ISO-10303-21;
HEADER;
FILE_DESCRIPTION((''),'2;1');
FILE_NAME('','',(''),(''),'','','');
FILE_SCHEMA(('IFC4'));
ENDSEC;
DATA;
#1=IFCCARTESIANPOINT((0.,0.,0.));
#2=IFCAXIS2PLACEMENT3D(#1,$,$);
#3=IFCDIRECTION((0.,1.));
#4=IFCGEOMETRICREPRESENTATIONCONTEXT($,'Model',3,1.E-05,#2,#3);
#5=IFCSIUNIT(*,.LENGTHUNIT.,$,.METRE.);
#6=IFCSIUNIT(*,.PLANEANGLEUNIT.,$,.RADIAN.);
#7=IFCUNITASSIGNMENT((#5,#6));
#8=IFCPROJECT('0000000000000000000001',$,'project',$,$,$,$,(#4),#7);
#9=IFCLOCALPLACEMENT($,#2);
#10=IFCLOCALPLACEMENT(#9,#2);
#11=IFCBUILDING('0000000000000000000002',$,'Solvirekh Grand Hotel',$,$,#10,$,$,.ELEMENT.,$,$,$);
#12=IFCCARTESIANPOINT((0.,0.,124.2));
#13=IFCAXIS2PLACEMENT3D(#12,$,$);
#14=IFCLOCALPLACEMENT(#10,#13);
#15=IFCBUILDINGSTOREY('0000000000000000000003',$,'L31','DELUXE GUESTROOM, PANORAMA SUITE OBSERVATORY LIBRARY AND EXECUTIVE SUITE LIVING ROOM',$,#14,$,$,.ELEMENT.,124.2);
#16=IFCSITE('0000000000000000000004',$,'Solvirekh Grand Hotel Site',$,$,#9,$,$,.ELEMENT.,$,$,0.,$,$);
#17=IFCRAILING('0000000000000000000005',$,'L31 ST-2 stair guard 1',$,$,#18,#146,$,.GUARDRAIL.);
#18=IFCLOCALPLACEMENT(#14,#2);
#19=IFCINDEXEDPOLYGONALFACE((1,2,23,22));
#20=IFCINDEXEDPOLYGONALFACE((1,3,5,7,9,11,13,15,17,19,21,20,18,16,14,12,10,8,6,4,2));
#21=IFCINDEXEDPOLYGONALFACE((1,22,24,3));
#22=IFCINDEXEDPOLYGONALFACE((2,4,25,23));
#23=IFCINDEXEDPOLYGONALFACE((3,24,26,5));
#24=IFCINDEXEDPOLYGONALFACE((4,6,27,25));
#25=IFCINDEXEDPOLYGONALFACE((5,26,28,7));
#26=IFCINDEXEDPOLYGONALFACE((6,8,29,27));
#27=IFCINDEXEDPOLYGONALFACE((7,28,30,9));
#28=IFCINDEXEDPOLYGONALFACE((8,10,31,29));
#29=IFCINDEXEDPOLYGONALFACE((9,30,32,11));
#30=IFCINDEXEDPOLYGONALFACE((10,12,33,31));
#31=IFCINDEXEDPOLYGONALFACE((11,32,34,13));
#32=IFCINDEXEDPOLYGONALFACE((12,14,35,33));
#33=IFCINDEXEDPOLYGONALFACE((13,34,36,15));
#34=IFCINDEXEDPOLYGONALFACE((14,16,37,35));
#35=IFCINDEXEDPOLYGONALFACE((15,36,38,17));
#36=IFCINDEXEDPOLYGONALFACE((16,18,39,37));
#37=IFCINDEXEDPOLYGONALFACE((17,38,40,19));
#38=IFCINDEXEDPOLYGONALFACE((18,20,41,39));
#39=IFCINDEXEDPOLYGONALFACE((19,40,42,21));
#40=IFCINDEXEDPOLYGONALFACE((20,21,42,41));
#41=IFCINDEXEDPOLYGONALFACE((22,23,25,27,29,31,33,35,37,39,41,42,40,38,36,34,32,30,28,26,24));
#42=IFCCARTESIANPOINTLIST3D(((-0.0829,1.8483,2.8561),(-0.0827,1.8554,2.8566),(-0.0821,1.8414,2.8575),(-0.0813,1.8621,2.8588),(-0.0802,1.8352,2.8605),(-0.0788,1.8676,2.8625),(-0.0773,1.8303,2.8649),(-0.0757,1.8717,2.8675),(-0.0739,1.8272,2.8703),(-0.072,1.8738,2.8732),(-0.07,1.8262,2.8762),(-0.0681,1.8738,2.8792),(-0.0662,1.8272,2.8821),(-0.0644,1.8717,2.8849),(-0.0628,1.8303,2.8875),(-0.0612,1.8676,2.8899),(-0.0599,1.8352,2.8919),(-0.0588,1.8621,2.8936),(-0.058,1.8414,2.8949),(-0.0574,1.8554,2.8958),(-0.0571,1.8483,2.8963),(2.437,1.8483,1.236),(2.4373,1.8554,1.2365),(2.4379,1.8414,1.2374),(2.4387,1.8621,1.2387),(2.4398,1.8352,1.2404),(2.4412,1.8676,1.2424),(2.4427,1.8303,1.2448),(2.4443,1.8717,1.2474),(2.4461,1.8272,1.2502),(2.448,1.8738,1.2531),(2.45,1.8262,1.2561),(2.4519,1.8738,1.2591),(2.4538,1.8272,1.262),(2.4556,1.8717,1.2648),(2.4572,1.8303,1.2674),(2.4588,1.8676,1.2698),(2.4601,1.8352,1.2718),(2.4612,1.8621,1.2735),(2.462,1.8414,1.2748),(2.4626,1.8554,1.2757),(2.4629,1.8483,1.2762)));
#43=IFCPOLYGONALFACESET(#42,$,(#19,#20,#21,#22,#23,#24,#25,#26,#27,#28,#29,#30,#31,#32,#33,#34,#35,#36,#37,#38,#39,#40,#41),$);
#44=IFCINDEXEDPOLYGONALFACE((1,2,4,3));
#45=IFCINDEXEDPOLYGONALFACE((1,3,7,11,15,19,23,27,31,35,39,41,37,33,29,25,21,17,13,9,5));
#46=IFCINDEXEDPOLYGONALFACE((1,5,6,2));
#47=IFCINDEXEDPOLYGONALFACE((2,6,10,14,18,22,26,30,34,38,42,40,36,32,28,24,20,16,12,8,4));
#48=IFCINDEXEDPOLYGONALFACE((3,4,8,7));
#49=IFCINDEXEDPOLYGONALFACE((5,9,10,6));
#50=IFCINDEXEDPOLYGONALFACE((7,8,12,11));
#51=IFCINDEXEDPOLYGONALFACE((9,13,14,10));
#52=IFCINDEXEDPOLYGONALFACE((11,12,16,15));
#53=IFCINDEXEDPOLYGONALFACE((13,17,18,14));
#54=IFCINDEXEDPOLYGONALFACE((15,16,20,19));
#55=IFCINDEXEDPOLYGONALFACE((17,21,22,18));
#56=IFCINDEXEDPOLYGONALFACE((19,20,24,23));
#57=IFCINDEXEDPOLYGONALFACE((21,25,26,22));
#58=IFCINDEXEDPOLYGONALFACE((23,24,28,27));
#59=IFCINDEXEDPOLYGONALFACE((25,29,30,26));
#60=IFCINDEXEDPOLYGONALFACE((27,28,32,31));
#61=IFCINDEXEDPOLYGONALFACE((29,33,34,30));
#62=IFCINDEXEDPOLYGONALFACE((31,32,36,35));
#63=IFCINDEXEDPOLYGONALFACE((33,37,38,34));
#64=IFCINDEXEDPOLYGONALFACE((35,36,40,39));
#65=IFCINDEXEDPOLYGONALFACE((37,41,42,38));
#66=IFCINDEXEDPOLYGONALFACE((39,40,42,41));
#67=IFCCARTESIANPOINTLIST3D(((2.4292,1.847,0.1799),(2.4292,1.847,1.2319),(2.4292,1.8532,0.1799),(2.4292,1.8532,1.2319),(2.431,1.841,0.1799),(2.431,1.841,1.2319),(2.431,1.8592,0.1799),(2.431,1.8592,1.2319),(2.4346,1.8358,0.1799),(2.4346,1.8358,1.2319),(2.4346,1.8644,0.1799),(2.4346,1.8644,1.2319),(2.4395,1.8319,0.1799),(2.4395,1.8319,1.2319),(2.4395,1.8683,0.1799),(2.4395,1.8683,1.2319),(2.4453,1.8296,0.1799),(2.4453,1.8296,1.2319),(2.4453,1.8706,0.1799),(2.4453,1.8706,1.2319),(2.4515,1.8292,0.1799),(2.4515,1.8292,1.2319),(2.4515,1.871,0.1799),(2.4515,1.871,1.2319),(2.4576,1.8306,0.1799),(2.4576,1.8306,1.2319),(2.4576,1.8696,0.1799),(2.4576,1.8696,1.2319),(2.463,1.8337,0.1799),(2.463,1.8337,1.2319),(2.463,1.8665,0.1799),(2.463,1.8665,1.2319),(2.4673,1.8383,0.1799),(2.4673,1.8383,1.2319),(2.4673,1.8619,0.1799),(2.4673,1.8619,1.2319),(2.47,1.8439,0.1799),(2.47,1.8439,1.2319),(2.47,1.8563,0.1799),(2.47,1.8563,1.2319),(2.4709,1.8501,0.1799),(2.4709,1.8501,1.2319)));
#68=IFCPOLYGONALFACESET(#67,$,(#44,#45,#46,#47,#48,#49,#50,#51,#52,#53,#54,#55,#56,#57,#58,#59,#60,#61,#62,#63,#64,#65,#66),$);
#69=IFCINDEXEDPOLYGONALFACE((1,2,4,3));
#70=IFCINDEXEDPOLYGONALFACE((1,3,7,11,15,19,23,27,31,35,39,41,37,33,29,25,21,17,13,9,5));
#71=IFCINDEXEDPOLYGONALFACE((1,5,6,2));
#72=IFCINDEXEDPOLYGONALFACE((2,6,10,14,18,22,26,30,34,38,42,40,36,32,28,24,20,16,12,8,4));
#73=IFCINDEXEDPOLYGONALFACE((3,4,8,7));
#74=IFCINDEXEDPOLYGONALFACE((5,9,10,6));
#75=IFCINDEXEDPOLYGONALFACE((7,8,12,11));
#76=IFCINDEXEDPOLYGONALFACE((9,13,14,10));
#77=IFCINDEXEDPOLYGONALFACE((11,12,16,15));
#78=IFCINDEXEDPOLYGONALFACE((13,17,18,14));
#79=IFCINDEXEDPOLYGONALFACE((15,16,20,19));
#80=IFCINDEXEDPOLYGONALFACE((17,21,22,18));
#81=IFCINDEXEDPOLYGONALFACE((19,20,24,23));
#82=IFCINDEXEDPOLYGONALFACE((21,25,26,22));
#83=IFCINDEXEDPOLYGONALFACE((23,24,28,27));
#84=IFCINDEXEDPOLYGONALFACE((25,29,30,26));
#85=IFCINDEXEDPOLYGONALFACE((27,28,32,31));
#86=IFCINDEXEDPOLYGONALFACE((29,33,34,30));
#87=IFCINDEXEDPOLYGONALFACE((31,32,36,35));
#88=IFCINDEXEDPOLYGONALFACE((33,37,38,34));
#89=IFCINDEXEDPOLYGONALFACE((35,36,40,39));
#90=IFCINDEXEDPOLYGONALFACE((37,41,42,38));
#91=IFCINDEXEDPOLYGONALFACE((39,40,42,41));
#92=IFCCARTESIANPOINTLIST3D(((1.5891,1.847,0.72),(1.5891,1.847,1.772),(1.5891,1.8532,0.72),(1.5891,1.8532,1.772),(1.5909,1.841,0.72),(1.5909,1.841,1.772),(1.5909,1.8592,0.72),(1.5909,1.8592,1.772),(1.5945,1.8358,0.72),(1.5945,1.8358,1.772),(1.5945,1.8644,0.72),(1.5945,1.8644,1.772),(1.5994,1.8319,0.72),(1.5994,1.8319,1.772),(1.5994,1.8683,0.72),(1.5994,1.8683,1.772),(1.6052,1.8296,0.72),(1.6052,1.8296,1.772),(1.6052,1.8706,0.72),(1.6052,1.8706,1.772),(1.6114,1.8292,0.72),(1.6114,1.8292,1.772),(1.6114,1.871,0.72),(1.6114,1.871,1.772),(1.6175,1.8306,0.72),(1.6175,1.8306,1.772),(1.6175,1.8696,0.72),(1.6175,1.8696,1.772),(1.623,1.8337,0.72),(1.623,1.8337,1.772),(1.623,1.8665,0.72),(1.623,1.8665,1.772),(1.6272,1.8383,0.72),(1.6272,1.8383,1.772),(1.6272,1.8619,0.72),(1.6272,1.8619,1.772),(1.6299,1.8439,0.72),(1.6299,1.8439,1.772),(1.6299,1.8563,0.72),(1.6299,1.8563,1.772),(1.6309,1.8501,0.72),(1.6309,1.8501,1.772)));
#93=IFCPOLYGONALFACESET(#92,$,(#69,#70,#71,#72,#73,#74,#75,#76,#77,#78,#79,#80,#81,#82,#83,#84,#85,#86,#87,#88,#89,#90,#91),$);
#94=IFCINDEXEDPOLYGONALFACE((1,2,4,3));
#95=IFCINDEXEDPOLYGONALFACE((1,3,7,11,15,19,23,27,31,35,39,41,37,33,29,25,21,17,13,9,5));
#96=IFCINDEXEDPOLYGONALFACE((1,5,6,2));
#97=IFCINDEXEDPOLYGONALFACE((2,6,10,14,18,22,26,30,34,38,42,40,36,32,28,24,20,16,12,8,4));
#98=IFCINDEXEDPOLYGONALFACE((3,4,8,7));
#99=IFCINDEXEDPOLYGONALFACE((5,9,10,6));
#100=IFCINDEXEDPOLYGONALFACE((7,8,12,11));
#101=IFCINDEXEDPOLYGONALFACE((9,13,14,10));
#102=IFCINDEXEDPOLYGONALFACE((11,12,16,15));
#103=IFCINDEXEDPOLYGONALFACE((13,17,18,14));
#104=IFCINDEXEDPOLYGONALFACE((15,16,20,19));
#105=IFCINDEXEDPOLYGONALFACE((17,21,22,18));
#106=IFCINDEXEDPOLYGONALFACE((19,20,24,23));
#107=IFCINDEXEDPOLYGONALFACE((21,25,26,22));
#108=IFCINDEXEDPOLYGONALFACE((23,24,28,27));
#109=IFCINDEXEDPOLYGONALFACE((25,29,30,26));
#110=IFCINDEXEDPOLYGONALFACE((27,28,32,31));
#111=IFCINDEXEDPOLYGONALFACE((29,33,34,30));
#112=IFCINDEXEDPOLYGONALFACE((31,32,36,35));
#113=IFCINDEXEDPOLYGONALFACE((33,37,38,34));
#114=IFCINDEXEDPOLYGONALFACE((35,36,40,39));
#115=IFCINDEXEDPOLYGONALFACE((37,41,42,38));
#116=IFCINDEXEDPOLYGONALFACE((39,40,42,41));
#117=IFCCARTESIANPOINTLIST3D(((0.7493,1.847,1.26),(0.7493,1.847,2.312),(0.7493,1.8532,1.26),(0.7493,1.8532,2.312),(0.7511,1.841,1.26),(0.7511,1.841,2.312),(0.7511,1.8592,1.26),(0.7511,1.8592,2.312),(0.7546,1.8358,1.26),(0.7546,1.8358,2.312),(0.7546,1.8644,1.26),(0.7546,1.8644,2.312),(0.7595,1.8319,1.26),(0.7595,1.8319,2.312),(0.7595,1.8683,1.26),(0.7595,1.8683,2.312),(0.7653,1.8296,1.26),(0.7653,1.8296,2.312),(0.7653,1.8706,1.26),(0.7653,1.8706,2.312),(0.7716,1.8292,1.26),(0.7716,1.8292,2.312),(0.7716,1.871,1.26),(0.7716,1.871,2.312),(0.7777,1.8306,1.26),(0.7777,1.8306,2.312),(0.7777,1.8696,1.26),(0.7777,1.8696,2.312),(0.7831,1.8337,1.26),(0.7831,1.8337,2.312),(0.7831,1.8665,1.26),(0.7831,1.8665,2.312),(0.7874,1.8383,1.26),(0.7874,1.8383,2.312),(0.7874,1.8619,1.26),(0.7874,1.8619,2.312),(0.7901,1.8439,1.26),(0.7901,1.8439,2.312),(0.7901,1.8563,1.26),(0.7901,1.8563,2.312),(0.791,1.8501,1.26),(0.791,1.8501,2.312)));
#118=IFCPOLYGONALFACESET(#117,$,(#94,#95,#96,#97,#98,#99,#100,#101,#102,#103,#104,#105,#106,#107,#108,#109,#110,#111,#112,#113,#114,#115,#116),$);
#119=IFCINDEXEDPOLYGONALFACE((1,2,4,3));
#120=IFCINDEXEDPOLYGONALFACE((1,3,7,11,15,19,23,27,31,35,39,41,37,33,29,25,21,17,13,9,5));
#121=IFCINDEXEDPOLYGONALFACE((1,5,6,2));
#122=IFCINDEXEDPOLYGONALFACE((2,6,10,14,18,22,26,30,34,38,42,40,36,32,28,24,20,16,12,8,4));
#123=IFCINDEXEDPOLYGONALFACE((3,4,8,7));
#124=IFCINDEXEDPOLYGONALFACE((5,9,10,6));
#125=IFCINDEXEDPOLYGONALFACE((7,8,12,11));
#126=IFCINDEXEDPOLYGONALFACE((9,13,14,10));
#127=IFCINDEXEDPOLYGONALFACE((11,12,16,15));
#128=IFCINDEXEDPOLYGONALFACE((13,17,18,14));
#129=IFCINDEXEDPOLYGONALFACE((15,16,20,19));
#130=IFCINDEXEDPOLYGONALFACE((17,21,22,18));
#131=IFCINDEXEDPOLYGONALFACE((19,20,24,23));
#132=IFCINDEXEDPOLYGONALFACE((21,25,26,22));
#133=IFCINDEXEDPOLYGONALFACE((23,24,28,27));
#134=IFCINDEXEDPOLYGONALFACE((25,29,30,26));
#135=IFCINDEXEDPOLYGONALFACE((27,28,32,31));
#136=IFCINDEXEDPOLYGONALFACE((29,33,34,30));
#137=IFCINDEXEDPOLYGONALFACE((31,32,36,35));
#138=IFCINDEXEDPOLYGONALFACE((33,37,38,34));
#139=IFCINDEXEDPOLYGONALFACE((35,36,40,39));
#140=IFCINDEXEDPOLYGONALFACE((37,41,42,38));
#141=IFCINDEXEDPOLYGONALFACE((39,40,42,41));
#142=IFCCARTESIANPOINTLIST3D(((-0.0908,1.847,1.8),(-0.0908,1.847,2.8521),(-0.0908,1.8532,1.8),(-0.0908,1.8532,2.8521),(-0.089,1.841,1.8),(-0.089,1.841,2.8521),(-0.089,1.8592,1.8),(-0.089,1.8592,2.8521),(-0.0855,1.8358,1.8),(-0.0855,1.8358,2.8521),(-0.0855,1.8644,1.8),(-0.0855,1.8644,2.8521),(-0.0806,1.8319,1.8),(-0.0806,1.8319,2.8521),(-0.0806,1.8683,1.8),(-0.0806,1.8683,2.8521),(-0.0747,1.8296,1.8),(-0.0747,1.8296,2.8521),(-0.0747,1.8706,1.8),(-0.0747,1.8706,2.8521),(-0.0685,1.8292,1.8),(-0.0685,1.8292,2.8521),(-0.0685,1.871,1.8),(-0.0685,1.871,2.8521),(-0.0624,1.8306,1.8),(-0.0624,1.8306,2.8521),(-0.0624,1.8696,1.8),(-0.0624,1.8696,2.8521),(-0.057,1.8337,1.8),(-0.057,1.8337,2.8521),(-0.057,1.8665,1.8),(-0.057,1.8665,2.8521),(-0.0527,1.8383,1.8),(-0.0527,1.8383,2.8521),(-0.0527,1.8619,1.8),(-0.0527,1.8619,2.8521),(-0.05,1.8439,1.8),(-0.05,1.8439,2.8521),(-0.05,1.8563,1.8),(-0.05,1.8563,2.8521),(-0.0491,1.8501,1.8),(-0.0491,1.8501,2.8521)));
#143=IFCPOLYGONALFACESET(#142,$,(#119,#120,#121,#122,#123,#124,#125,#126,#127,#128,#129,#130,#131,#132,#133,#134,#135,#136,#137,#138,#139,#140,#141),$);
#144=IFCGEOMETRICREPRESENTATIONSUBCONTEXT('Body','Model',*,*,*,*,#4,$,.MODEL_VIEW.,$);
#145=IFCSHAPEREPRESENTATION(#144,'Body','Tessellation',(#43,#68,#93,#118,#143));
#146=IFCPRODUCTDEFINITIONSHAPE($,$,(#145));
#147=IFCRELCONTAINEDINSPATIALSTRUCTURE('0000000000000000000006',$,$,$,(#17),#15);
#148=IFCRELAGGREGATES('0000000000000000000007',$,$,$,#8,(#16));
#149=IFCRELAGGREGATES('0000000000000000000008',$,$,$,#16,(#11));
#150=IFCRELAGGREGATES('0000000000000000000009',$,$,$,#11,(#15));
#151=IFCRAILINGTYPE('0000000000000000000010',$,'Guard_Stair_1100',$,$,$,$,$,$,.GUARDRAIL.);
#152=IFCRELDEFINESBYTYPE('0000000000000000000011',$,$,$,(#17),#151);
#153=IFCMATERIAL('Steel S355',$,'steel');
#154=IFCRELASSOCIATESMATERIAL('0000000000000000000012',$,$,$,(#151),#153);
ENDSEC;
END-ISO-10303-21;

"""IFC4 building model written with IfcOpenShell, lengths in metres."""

from ifc_helpers import new_model, si_unit, direction, frame, origin, origin_2d, place, context, subcontext, project, spatial, circle, extrude, material, type_object, element, save


model = new_model("IFC4")

# Units and contexts
model_context = context("Model", 3, precision=1e-05, world=origin(), true_north=direction((0.0, 1.0)))
body_context = subcontext(model_context, "Body", "Model", "MODEL_VIEW")
ifc_project = project(units=[si_unit("LENGTHUNIT", "METRE"), si_unit("PLANEANGLEUNIT", "RADIAN")], contexts=[model_context])

# Site, building, storey
site_placement = place(None, origin())
site = spatial("IfcSite", under=ifc_project, at=site_placement, Name="Solvirekh Grand Hotel Site", CompositionType="ELEMENT", RefElevation=0.0)
building_placement = place(site_placement, origin())
building = spatial("IfcBuilding", under=site, at=building_placement, Name="Solvirekh Grand Hotel", CompositionType="ELEMENT")
storey_placement = place(building_placement, frame((0.0, 0.0, 124.2)))
storey = spatial("IfcBuildingStorey", under=building, at=storey_placement, Name="L31", Description="DELUXE GUESTROOM, PANORAMA SUITE OBSERVATORY LIBRARY AND EXECUTIVE SUITE LIVING ROOM", CompositionType="ELEMENT", Elevation=124.2)

# Shared definitions
ifc_material_1 = material(Name="Steel S355", Category="steel")

# Railing
railing_type_1 = type_object("IfcRailingType", Name="Guard_Stair_1100", PredefinedType="GUARDRAIL", material=ifc_material_1)
railing_1_placement = place(storey_placement, frame((2.45, 1.8501, 0.1799)))
element("IfcRailing", 1, at=railing_1_placement, inside=storey, type_object=railing_type_1, Name="L31 ST-2 stair guard 1", PredefinedType="GUARDRAIL", context=body_context, shape_type="SweptSolid", body=[
    extrude(circle(Radius=0.0239, at=origin_2d()), frame((0.0, 0.0, 1.0762), z_axis=(-0.841163, 0.0, 0.540782), x_axis=(0.0, -1.0, 0.0)), (0.0, 0.0, 1.0), 2.9958),
    extrude(circle(Radius=0.021, at=origin_2d()), origin(), (0.0, 0.0, 1.0), 1.052),
    extrude(circle(Radius=0.021, at=origin_2d()), frame((-0.8401, 0.0, 0.54)), (0.0, 0.0, 1.0), 1.052),
    extrude(circle(Radius=0.021, at=origin_2d()), frame((-1.6799, 0.0, 1.0801)), (0.0, 0.0, 1.0), 1.052),
    extrude(circle(Radius=0.021, at=origin_2d()), frame((-2.52, 0.0, 1.6201)), (0.0, 0.0, 1.0), 1.052),
])

save(model, "model.ifc")
